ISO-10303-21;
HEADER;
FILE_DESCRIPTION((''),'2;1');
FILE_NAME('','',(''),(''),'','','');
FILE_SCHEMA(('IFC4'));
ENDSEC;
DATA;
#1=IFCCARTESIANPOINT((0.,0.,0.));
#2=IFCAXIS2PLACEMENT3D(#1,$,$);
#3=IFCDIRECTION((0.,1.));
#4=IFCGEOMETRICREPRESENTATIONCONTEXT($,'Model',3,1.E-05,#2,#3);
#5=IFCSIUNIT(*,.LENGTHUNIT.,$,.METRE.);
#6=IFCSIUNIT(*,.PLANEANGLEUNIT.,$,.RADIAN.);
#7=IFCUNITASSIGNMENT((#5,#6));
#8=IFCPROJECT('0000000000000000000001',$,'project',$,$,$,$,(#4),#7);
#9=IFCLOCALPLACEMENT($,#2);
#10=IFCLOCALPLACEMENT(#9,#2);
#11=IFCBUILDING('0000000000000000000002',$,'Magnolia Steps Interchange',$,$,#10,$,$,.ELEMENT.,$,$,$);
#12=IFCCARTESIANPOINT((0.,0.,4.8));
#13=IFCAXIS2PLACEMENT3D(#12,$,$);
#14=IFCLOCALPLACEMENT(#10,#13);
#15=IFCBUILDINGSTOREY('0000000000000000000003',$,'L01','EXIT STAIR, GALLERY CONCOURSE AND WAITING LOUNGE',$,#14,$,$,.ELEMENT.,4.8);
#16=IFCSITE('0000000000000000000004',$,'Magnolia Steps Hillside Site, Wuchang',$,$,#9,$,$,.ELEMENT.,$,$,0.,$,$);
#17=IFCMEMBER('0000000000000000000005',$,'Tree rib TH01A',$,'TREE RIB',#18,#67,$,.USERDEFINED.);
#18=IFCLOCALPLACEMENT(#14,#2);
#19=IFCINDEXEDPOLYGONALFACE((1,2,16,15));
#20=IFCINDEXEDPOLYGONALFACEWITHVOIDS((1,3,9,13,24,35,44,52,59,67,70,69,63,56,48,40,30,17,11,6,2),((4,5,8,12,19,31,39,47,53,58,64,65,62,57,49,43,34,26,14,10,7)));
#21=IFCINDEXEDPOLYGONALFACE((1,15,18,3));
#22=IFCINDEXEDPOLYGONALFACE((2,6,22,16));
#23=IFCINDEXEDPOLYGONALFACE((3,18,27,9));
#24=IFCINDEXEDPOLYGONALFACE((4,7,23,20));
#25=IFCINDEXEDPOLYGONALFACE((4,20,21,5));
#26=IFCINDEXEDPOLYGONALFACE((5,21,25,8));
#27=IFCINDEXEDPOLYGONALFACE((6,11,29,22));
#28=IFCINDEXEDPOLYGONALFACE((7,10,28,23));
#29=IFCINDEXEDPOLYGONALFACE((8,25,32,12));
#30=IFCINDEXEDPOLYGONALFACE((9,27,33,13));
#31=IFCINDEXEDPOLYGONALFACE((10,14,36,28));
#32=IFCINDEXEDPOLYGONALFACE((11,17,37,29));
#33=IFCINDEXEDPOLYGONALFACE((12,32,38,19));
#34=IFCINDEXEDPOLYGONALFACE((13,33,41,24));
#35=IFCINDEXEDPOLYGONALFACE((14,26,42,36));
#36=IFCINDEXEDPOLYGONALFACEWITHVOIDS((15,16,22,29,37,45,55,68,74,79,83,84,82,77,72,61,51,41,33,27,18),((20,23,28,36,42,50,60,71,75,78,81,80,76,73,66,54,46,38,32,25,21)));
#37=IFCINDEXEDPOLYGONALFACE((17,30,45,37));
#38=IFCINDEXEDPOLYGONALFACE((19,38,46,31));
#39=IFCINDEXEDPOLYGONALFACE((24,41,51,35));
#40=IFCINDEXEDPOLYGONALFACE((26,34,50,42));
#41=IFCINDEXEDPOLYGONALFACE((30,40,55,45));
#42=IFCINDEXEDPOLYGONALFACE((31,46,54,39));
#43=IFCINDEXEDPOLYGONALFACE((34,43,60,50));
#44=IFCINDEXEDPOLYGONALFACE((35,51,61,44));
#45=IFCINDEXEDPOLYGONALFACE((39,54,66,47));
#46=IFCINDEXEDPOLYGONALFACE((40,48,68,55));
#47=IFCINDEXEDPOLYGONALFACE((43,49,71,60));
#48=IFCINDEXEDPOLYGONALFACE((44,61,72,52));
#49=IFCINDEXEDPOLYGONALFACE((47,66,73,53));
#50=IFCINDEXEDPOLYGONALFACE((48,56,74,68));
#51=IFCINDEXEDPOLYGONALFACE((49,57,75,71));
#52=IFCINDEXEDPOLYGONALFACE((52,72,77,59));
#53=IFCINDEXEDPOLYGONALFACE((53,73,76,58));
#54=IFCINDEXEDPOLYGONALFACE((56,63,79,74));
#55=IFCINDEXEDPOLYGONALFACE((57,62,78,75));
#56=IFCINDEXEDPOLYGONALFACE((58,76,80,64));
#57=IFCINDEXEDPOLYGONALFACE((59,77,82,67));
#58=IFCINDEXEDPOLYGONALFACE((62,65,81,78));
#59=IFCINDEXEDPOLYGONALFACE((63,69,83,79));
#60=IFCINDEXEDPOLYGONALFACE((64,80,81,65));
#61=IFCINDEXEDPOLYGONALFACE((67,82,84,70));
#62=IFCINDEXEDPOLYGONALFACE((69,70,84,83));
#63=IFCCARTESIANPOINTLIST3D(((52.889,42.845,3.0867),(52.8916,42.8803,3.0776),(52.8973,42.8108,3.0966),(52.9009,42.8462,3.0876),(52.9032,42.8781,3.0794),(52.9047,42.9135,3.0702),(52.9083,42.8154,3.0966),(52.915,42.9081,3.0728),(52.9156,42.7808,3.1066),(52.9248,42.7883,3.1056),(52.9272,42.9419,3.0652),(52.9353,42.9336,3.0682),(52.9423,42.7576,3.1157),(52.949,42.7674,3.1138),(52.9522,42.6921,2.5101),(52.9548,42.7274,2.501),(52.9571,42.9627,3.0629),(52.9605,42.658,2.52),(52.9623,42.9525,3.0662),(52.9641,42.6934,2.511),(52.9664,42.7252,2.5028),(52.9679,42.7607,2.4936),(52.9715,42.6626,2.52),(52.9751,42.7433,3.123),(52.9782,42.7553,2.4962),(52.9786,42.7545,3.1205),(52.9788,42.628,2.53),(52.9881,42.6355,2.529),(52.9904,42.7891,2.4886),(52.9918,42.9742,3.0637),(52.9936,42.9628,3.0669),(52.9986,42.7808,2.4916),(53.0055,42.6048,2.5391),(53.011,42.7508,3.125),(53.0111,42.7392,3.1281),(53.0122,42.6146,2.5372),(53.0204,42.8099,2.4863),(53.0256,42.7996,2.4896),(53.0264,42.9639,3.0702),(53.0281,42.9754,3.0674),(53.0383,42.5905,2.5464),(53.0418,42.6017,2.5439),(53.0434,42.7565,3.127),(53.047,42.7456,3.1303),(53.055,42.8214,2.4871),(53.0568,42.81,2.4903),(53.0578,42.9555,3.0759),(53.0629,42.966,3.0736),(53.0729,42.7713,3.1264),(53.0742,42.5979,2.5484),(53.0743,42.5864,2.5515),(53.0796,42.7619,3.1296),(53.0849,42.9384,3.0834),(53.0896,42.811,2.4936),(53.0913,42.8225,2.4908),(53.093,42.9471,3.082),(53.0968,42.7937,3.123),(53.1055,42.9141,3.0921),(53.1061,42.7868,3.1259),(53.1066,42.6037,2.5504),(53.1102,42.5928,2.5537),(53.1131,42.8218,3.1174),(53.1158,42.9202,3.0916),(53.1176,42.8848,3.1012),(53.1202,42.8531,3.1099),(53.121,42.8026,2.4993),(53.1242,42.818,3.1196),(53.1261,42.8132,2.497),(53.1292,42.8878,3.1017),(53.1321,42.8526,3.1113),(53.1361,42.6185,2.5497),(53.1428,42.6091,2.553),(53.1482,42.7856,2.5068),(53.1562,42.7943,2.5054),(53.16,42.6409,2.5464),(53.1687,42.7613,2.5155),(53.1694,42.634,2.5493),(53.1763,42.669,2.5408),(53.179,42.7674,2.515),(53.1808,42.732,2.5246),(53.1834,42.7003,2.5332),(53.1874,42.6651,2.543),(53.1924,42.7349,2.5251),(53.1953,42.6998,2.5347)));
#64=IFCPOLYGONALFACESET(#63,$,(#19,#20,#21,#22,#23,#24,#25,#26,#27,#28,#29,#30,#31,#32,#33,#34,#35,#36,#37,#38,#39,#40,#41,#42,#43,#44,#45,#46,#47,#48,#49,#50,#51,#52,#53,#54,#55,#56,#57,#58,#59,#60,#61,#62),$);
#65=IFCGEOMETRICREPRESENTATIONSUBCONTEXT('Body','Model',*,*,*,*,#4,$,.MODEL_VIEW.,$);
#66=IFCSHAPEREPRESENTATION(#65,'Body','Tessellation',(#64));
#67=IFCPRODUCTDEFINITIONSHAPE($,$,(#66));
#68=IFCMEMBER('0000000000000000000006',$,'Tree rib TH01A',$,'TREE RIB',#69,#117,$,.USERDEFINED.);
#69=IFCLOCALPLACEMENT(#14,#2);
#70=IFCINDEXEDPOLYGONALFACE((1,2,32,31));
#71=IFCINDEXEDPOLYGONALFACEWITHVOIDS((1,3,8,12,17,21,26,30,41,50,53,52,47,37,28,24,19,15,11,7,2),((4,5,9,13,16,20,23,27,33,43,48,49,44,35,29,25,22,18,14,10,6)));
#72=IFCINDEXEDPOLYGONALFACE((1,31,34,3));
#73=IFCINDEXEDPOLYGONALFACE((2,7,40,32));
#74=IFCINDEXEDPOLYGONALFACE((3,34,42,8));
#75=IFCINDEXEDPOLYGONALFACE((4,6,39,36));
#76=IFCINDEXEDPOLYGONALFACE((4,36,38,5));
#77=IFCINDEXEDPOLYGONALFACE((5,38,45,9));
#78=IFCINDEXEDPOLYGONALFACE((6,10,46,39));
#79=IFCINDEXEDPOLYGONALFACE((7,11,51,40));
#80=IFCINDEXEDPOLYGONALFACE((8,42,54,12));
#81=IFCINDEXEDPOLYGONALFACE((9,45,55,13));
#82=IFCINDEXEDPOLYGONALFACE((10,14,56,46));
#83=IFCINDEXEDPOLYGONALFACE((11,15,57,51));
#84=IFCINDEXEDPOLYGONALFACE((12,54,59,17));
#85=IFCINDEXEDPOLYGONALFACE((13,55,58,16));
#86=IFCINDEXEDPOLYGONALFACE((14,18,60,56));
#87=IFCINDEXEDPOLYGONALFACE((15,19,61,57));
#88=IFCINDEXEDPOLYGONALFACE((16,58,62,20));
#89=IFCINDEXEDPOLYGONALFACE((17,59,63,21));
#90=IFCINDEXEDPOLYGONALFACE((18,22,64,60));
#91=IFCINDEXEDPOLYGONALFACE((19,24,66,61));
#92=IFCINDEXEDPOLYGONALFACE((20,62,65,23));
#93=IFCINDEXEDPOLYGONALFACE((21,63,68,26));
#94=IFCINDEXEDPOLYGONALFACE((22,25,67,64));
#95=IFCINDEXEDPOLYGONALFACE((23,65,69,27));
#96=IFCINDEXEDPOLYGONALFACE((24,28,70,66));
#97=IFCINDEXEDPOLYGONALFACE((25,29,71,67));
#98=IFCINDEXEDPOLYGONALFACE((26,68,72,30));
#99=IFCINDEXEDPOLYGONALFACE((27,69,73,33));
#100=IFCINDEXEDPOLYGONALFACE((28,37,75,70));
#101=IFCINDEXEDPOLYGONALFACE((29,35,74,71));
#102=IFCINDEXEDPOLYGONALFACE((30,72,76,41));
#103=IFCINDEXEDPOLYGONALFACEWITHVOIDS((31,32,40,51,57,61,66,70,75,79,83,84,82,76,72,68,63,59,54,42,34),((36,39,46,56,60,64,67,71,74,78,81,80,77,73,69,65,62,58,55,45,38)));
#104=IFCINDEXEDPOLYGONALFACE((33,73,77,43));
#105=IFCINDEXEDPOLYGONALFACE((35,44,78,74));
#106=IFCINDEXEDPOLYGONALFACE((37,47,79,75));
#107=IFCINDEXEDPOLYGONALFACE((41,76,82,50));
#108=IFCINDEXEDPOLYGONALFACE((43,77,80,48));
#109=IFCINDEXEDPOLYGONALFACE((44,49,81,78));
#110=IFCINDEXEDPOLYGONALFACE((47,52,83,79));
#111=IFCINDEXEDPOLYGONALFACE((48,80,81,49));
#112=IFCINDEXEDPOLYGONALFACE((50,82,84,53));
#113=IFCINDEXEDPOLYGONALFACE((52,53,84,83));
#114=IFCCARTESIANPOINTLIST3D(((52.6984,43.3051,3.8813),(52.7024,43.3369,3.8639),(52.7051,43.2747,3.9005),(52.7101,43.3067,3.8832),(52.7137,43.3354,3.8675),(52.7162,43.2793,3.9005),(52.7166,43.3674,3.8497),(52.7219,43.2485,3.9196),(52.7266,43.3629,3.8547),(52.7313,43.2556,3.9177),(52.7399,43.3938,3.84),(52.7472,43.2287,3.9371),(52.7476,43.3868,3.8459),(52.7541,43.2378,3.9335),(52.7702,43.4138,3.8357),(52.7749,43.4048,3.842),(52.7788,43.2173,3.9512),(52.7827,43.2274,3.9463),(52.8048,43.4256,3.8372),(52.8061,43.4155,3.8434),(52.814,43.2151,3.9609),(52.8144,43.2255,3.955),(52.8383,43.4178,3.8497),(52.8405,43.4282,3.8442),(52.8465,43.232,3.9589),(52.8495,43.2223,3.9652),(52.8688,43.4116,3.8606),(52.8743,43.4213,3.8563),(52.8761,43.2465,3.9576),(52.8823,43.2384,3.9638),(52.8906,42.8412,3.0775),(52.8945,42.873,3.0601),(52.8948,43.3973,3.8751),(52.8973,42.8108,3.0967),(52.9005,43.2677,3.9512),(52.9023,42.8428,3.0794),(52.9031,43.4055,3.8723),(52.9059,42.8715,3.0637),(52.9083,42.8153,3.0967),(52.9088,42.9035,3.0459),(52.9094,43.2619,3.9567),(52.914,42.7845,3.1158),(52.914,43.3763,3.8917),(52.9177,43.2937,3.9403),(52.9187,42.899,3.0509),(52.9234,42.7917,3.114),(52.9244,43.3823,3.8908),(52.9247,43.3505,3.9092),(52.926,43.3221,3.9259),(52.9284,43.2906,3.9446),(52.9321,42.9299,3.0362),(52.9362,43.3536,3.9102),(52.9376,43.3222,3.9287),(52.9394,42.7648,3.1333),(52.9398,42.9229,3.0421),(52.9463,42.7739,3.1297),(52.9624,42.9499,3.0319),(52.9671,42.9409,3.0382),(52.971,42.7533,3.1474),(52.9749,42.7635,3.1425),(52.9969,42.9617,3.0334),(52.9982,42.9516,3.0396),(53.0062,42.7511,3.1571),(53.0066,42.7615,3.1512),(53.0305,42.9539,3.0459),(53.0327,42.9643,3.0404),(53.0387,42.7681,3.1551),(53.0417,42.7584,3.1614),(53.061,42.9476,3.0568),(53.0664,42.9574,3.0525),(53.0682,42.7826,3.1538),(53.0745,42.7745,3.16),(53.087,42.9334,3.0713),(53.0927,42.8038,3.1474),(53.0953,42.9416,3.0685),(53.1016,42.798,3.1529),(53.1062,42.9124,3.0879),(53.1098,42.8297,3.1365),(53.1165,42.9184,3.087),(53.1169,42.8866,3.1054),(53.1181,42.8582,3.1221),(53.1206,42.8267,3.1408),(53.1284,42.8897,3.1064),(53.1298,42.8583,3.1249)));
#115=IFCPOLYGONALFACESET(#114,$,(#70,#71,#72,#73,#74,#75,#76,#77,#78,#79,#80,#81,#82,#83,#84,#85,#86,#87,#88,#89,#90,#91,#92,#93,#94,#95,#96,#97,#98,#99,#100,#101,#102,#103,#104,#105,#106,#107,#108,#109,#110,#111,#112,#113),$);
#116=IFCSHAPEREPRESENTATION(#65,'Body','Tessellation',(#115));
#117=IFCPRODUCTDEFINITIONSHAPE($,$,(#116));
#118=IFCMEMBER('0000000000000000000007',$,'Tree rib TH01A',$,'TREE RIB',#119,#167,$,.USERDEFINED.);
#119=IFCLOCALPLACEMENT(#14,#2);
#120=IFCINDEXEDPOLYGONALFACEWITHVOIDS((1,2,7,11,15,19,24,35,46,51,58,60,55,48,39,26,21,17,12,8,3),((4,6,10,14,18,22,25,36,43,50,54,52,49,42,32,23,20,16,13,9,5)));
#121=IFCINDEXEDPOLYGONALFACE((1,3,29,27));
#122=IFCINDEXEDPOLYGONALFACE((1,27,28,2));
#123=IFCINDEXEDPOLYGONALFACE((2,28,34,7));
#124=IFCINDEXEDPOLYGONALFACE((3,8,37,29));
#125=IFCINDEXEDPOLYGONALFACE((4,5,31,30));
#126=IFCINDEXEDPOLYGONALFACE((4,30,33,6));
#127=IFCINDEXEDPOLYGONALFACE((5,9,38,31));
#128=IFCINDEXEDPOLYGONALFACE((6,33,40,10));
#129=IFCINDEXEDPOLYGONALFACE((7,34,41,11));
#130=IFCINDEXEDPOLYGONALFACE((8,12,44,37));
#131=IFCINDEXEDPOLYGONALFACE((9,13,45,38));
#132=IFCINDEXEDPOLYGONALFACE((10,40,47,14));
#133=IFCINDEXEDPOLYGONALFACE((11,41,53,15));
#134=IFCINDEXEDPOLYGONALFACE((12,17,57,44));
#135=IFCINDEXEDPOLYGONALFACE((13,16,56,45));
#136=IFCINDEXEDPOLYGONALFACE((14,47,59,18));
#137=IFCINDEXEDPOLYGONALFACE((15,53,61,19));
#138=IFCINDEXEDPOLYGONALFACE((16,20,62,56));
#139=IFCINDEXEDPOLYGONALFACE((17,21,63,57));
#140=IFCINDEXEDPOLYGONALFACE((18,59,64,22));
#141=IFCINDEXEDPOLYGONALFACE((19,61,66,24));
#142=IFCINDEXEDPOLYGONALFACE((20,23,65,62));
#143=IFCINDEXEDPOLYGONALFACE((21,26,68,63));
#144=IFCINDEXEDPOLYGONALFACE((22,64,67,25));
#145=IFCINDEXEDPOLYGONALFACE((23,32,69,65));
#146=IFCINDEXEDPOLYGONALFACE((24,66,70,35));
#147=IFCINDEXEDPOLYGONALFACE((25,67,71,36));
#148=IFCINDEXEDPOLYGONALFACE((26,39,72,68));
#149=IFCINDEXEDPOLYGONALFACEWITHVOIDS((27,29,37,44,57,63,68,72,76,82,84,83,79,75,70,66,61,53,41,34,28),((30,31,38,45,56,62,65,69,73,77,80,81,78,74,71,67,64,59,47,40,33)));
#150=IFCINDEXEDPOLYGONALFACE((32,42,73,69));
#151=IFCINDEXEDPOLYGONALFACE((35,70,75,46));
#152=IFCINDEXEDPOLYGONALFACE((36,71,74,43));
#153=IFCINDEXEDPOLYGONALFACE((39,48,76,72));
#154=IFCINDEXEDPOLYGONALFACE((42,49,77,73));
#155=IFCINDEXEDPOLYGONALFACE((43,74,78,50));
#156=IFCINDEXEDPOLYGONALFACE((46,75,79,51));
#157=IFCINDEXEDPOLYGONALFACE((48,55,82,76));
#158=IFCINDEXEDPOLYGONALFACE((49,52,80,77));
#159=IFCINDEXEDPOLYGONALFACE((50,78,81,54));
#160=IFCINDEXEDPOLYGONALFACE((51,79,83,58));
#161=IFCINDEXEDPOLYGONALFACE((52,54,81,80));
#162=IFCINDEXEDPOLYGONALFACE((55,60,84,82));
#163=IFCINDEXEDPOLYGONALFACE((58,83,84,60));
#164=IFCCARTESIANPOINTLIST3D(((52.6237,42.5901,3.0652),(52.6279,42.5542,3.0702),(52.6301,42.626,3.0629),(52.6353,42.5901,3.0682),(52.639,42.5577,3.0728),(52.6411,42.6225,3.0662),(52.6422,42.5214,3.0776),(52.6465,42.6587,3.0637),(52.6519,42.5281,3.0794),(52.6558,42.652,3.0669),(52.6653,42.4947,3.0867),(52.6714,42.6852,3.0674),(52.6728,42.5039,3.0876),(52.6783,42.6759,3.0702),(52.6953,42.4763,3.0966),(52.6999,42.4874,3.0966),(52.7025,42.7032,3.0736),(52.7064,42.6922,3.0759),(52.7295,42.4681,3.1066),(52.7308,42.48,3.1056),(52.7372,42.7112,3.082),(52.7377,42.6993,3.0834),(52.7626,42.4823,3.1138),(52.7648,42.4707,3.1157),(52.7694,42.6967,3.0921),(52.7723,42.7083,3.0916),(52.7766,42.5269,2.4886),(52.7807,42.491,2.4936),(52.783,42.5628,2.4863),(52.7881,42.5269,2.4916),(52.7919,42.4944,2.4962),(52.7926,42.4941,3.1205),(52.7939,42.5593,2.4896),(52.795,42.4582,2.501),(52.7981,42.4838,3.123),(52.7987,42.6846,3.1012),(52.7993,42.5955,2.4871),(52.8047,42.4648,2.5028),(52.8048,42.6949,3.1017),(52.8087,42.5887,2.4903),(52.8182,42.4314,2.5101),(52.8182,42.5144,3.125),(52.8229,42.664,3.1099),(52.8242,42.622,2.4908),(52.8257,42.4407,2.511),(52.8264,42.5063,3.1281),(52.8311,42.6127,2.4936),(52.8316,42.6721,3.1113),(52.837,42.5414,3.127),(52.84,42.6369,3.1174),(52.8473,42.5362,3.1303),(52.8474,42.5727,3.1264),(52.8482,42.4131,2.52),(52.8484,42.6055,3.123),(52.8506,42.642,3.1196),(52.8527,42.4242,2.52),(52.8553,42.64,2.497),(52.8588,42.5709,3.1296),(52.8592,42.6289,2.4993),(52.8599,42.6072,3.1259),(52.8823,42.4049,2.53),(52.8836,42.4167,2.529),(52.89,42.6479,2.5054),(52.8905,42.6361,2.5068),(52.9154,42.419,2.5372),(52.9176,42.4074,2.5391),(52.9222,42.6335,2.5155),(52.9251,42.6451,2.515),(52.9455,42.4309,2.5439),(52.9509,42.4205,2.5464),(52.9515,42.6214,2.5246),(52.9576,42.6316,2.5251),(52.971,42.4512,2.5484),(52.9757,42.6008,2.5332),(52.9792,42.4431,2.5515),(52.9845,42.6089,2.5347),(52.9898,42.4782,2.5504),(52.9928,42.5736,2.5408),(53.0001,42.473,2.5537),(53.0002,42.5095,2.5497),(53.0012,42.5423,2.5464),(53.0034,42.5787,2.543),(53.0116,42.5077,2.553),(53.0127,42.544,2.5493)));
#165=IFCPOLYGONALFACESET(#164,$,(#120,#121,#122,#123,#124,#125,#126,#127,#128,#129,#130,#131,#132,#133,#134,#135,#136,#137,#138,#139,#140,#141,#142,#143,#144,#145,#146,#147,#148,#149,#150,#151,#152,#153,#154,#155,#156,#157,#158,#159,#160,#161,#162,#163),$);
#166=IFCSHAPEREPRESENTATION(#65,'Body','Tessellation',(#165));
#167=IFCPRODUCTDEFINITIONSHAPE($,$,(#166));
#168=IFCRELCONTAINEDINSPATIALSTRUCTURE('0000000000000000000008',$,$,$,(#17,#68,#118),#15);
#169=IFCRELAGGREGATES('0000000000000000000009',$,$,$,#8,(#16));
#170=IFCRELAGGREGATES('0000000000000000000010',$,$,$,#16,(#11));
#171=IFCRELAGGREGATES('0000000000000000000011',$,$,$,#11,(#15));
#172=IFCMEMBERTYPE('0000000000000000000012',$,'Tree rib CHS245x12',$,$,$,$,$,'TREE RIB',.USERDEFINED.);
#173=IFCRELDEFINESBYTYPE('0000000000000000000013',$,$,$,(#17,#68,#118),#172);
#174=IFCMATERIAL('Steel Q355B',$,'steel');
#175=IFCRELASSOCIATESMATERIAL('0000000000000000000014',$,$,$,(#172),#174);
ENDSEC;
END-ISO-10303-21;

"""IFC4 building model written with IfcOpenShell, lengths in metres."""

from ifc_helpers import new_model, si_unit, direction, frame, origin, origin_2d, place, context, subcontext, project, spatial, hollow_circle, extrude, material, material_profile, profile_set, type_object, element, save


model = new_model("IFC4")

# Units and contexts
model_context = context("Model", 3, precision=1e-05, world=origin(), true_north=direction((0.0, 1.0)))
body_context = subcontext(model_context, "Body", "Model", "MODEL_VIEW")
ifc_project = project(units=[si_unit("LENGTHUNIT", "METRE"), si_unit("PLANEANGLEUNIT", "RADIAN")], contexts=[model_context])

# Site, building, storey
site_placement = place(None, origin())
site = spatial("IfcSite", under=ifc_project, at=site_placement, Name="Magnolia Steps Hillside Site, Wuchang", CompositionType="ELEMENT", RefElevation=0.0)
building_placement = place(site_placement, origin())
building = spatial("IfcBuilding", under=site, at=building_placement, Name="Magnolia Steps Interchange", CompositionType="ELEMENT")
storey_placement = place(building_placement, frame((0.0, 0.0, 4.8)))
storey = spatial("IfcBuildingStorey", under=building, at=storey_placement, Name="L01", Description="EXIT STAIR, GALLERY CONCOURSE AND WAITING LOUNGE", CompositionType="ELEMENT", Elevation=4.8)

# Members
ifc_material_1 = material(Name="Steel Q355B", Category="steel")
ifc_material_profile_1 = material_profile(ifc_material_1, hollow_circle(Radius=0.1226, WallThickness=0.012, at=origin_2d()), Name="CHS245x12")
ifc_profile_set_1 = profile_set([ifc_material_profile_1], Name="Steel Q355B")
member_type = type_object("IfcMemberType", Name="Tree rib CHS245x12", ElementType="TREE RIB", PredefinedType="USERDEFINED", material=ifc_profile_set_1)
member_1_placement = place(storey_placement, frame((53.0737, 42.7048, 2.52), z_axis=(-0.105403, 0.254758, 0.961243), x_axis=(-0.924035, -0.382308, 0.0)))
element("IfcMember", 1, at=member_1_placement, inside=storey, type_object=member_type, Name="Tree rib TH01A", ObjectType="TREE RIB", PredefinedType="USERDEFINED", context=body_context, shape_type="SweptSolid", body=[
    extrude(hollow_circle(Radius=0.1226, WallThickness=0.012, at=origin_2d()), origin(), (0.0, 0.0, 1.0), 0.5999),
])
member_2_placement = place(storey_placement, frame((53.0105, 42.8577, 3.0967), z_axis=(-0.202753, 0.489492, 0.848109), x_axis=(-0.923881, -0.382681, 0.0)))
element("IfcMember", 2, at=member_2_placement, inside=storey, type_object=member_type, Name="Tree rib TH01A", ObjectType="TREE RIB", PredefinedType="USERDEFINED", context=body_context, shape_type="SweptSolid", body=[
    extrude(hollow_circle(Radius=0.1226, WallThickness=0.012, at=origin_2d()), origin(), (0.0, 0.0, 1.0), 0.9478),
])
member_3_placement = place(storey_placement, frame((52.895, 42.5264, 2.52), z_axis=(-0.254758, 0.105403, 0.961243), x_axis=(-0.382308, -0.924035, 0.0)))
element("IfcMember", 3, at=member_3_placement, inside=storey, type_object=member_type, Name="Tree rib TH01A", ObjectType="TREE RIB", PredefinedType="USERDEFINED", context=body_context, shape_type="SweptSolid", body=[
    extrude(hollow_circle(Radius=0.1226, WallThickness=0.012, at=origin_2d()), origin(), (0.0, 0.0, 1.0), 0.5999),
])

save(model, "model.ifc")
